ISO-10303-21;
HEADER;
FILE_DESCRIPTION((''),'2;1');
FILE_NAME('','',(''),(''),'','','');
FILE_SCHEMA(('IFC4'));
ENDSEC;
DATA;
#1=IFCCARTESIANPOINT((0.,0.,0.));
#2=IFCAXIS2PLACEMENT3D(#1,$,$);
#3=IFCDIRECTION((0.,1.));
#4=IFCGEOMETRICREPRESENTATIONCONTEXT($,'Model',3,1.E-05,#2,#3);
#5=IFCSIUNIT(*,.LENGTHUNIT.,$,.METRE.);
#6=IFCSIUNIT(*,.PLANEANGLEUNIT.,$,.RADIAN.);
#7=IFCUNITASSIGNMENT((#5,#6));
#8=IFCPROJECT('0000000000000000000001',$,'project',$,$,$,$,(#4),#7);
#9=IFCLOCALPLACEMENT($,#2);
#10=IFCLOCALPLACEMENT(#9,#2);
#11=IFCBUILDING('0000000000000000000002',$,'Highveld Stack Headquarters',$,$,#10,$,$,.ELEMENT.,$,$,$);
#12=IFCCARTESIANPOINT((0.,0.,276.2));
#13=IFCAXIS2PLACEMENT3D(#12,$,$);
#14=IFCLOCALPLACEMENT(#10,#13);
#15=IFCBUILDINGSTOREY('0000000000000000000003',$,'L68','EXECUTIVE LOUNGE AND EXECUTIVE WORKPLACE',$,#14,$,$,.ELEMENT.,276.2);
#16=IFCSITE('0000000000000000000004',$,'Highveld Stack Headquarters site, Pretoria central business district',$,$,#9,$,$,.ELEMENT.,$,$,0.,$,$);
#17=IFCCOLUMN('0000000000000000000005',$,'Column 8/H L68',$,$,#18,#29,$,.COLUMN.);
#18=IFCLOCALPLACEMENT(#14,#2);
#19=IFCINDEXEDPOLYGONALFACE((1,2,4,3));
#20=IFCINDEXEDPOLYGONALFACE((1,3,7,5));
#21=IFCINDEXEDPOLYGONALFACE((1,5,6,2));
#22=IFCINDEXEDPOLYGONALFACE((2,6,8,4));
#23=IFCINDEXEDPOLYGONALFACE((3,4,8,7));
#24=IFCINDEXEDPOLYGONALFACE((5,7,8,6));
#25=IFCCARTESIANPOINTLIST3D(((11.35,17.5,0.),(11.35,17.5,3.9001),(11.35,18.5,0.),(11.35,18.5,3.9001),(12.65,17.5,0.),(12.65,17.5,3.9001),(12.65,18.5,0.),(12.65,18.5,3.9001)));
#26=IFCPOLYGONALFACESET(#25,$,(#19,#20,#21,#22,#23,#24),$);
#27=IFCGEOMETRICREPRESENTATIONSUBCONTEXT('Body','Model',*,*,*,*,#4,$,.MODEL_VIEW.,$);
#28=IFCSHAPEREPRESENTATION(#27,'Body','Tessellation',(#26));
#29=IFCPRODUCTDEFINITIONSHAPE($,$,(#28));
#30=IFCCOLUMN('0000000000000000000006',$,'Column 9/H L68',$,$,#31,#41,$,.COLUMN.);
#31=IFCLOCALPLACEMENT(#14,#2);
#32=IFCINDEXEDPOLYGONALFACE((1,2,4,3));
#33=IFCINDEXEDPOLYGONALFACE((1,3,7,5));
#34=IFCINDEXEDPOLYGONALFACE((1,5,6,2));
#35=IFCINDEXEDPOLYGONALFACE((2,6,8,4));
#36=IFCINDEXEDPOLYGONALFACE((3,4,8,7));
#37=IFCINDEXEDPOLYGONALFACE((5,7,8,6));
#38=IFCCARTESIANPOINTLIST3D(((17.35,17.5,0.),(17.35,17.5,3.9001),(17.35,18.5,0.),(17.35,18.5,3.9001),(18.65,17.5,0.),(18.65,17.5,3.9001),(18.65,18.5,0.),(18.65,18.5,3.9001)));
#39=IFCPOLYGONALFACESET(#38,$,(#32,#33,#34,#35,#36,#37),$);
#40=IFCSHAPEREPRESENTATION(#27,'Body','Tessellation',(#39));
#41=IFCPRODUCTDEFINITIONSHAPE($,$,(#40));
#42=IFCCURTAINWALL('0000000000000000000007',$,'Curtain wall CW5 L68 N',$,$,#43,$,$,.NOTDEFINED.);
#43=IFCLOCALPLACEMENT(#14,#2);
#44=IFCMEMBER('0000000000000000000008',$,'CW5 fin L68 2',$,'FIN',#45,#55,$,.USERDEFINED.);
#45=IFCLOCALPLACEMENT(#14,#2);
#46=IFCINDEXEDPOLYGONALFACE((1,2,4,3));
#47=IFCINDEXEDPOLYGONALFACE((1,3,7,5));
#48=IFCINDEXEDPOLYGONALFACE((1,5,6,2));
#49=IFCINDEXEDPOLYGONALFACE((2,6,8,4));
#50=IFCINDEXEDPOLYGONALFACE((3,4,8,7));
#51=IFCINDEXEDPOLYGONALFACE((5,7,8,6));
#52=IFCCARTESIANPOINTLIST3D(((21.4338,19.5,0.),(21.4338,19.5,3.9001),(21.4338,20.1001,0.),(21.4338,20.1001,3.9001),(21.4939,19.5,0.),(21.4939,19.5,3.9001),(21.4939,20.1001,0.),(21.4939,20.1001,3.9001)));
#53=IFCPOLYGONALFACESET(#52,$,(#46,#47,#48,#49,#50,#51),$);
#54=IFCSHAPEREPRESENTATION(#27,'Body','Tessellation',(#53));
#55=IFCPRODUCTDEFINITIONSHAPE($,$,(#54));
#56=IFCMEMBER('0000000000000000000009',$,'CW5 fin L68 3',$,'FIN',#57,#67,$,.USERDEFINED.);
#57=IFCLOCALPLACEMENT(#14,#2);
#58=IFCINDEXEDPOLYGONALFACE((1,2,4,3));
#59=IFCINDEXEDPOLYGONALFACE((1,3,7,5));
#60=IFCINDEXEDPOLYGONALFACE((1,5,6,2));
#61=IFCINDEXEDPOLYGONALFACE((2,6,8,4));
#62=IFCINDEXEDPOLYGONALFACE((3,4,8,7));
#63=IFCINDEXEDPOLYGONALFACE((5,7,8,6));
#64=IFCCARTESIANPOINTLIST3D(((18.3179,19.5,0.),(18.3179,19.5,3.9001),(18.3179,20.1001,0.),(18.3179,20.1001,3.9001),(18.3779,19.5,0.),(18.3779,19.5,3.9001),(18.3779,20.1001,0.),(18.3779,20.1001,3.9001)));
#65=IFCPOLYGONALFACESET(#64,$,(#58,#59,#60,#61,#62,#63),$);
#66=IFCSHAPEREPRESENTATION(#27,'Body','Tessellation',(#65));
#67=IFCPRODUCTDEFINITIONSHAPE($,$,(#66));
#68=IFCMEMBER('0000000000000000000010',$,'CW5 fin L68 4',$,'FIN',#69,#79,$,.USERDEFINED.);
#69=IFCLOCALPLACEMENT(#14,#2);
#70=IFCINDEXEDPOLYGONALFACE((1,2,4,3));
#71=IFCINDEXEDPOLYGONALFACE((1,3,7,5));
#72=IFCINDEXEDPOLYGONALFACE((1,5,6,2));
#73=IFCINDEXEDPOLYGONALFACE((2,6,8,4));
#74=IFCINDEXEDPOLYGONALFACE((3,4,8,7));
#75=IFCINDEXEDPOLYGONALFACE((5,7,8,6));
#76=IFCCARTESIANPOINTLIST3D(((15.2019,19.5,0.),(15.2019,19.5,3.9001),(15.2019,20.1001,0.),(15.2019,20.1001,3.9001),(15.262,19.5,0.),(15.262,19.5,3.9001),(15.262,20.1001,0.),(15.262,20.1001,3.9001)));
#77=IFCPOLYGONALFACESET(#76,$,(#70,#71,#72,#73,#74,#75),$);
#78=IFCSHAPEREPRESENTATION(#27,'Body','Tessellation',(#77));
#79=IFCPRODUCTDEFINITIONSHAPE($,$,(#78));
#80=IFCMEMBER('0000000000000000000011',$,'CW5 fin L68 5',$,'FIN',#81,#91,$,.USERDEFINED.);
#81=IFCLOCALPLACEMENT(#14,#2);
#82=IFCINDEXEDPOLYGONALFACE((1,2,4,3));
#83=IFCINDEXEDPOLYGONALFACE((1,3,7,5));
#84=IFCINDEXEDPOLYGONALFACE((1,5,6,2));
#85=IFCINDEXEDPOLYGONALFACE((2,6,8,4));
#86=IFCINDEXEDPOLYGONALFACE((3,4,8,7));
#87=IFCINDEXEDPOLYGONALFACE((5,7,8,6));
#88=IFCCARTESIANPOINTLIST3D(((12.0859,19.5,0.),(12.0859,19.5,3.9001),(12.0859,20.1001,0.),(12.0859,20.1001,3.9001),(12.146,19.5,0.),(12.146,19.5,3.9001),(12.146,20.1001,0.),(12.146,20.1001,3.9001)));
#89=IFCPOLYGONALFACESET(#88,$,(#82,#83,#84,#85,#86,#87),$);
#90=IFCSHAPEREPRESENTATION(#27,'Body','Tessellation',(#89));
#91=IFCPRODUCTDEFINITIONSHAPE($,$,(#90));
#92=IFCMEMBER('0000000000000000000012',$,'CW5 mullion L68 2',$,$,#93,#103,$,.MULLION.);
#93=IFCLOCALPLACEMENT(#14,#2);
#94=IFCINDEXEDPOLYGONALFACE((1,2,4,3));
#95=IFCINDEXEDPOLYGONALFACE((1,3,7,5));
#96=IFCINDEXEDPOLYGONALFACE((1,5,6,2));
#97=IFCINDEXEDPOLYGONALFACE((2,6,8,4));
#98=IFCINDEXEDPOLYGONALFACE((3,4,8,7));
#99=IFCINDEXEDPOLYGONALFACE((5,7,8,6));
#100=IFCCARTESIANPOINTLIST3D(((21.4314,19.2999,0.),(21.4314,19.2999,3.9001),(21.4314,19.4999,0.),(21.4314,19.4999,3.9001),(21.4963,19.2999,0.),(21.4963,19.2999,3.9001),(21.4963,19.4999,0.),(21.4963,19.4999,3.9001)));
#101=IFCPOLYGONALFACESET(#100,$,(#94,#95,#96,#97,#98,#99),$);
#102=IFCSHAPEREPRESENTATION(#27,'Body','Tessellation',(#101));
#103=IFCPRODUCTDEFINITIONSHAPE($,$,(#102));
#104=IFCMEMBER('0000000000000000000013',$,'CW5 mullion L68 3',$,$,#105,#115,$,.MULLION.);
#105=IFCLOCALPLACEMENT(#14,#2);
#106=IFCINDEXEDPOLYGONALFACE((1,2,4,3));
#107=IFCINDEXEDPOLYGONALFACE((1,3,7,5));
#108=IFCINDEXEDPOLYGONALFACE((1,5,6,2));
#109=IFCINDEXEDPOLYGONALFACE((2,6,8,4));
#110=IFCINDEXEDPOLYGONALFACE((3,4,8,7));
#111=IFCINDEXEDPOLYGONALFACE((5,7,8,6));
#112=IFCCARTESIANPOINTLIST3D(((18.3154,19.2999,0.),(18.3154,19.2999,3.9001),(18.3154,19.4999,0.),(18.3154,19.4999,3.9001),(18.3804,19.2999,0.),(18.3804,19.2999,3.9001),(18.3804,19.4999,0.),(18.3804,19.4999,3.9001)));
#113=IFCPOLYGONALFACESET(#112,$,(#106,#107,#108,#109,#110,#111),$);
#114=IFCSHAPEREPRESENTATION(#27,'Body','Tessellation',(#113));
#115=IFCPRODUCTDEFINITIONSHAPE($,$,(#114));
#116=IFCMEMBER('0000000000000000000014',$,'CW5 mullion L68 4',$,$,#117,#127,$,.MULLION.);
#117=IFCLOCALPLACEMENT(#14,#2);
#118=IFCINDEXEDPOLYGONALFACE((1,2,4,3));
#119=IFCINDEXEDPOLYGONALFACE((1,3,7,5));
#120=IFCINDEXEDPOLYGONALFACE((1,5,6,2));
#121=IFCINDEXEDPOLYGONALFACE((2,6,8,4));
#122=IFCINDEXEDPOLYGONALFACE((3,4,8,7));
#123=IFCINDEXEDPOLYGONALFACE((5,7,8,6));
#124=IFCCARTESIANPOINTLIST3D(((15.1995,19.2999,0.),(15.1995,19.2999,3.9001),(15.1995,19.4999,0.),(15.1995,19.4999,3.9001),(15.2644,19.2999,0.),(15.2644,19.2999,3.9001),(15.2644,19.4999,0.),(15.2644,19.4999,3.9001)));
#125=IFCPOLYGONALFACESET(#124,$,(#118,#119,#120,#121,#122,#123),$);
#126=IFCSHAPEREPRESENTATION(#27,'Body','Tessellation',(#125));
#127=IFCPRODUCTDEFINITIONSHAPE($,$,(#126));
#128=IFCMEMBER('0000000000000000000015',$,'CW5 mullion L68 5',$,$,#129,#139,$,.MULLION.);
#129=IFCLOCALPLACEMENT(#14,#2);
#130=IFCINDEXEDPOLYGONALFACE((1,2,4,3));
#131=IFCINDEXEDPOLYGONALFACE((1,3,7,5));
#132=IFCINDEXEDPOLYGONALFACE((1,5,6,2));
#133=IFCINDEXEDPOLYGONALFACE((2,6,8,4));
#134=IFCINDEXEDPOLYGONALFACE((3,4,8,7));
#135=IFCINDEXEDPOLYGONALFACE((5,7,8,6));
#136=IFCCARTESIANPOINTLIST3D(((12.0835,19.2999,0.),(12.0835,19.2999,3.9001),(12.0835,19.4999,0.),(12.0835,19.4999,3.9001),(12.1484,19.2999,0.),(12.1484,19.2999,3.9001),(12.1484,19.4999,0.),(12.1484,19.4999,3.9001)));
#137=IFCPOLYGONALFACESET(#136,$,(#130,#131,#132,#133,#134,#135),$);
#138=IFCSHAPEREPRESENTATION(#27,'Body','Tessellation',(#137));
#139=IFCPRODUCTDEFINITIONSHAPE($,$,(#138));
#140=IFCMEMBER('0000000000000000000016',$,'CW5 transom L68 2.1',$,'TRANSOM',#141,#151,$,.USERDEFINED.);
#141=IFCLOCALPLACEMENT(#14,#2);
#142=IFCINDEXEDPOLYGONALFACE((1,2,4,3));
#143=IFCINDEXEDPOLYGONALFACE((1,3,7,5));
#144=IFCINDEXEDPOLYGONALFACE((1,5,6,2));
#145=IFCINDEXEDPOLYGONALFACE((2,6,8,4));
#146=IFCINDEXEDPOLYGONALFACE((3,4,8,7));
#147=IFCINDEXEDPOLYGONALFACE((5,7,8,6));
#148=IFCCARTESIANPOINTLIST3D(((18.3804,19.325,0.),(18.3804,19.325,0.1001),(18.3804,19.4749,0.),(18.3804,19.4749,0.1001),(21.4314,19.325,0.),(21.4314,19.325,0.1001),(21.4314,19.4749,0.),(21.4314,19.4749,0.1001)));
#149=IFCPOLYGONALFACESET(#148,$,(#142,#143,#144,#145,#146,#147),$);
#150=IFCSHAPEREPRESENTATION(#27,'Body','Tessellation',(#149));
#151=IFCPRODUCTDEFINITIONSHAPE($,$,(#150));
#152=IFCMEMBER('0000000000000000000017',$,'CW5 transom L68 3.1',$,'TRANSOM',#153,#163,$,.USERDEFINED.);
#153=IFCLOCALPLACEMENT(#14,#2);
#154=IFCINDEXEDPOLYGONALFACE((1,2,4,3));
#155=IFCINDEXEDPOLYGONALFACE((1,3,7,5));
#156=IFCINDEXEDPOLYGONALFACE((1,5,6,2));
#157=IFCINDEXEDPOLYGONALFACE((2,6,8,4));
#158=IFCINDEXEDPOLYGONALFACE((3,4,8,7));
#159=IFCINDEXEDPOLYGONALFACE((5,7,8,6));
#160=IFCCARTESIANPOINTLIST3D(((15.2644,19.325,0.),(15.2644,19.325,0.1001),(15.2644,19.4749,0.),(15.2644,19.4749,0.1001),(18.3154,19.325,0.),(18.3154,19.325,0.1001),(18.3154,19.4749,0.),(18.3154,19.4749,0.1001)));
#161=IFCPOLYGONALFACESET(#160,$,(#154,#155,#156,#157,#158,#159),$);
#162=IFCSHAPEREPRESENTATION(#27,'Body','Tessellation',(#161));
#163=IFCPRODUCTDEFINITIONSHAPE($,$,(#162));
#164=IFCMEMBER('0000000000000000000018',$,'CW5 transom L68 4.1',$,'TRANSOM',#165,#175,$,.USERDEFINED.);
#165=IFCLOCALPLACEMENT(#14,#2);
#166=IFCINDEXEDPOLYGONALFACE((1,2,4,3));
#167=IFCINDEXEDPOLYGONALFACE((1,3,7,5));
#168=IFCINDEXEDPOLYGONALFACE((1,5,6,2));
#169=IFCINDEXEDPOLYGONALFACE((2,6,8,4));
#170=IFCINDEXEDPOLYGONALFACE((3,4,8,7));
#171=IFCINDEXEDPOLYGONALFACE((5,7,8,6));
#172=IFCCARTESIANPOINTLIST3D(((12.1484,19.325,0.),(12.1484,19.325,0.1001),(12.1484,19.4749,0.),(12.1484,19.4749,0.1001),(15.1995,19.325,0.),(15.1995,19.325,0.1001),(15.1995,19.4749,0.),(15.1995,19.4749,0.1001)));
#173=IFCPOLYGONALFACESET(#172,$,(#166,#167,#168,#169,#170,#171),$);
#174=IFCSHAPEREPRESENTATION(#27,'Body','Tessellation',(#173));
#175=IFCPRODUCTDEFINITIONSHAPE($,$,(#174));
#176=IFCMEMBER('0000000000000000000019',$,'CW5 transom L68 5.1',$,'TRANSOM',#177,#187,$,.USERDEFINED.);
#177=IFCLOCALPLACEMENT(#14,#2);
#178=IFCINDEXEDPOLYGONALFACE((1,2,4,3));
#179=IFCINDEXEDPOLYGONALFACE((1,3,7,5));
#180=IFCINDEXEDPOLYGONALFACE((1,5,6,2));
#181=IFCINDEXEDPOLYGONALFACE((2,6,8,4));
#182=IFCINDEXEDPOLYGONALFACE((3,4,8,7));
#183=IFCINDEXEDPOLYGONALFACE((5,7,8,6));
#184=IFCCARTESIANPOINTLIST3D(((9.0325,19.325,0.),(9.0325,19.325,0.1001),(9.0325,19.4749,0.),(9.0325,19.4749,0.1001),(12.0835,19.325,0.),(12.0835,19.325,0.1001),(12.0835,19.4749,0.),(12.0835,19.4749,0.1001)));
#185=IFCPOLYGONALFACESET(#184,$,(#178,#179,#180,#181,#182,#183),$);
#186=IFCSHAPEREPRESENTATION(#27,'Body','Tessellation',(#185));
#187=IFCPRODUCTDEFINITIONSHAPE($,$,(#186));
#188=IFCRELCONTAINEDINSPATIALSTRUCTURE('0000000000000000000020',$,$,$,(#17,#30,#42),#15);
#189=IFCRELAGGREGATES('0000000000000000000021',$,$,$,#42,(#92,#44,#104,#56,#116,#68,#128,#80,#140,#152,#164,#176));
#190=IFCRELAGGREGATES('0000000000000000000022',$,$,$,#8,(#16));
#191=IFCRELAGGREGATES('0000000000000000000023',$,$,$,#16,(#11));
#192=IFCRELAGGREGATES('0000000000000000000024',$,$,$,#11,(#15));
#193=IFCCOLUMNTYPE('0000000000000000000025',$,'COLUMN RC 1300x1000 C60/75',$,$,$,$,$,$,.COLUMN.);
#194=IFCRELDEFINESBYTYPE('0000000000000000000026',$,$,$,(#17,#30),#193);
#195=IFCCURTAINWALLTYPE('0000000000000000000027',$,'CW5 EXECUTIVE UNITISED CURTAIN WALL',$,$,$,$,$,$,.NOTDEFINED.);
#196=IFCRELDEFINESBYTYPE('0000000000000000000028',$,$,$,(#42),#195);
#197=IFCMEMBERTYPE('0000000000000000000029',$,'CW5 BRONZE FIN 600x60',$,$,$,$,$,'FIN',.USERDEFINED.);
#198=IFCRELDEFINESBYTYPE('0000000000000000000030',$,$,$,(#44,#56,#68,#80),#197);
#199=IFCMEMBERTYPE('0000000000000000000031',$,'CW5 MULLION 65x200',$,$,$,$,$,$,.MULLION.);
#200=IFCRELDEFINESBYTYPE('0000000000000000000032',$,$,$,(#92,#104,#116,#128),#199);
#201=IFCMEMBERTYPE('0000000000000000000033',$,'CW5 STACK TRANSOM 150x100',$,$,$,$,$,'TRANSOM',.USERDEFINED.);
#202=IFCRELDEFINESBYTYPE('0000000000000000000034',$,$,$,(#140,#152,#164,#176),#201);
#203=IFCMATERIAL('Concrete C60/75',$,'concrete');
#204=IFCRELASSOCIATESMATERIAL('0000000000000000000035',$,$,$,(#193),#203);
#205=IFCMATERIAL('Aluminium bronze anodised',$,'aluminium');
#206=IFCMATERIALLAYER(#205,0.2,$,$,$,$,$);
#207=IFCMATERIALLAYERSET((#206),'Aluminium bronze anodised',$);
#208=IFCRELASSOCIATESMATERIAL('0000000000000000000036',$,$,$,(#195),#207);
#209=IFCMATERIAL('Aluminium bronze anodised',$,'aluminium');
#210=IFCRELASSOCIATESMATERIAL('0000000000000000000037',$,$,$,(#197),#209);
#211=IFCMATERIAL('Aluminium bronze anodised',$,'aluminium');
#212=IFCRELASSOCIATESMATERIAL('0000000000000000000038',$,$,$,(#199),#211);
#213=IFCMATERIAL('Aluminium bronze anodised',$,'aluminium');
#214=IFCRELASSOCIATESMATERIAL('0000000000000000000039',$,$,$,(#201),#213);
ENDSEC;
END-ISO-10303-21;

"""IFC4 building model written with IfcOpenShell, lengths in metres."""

from ifc_helpers import new_model, si_unit, direction, frame, origin, origin_2d, place, context, subcontext, project, spatial, rectangle, extrude, material, layer, layer_set, material_profile, profile_set, type_object, element, aggregate, save


model = new_model("IFC4")

# Units and contexts
model_context = context("Model", 3, precision=1e-05, world=origin(), true_north=direction((0.0, 1.0)))
body_context = subcontext(model_context, "Body", "Model", "MODEL_VIEW")
ifc_project = project(units=[si_unit("LENGTHUNIT", "METRE"), si_unit("PLANEANGLEUNIT", "RADIAN")], contexts=[model_context])

# Site, building, storey
site_placement = place(None, origin())
site = spatial("IfcSite", under=ifc_project, at=site_placement, Name="Highveld Stack Headquarters site, Pretoria central business district", CompositionType="ELEMENT", RefElevation=0.0)
building_placement = place(site_placement, origin())
building = spatial("IfcBuilding", under=site, at=building_placement, Name="Highveld Stack Headquarters", CompositionType="ELEMENT")
storey_placement = place(building_placement, frame((0.0, 0.0, 276.2)))
storey = spatial("IfcBuildingStorey", under=building, at=storey_placement, Name="L68", Description="EXECUTIVE LOUNGE AND EXECUTIVE WORKPLACE", CompositionType="ELEMENT", Elevation=276.2)

# Columns
ifc_material_1 = material(Name="Concrete C60/75", Category="concrete")
ifc_material_profile_1 = material_profile(ifc_material_1, rectangle(XDim=1.3, YDim=1.0, at=origin_2d()), Name="RC 1300x1000")
ifc_profile_set_1 = profile_set([ifc_material_profile_1], Name="Concrete C60/75")
column_type = type_object("IfcColumnType", Name="COLUMN RC 1300x1000 C60/75", PredefinedType="COLUMN", material=ifc_profile_set_1)
for number, where, z_axis, x_axis, name in (
    (1, (12.0, 18.0, 0.0), (0.0, 0.0, 1.0), (1.0, 0.0, 0.0), "Column 8/H L68"),
    (2, (18.0, 18.0, 0.0), (0.0, 0.0, 1.0), (1.0, 0.0, 0.0), "Column 9/H L68"),
):
    element("IfcColumn", number, at=place(storey_placement, frame(where, z_axis=z_axis, x_axis=x_axis)), inside=storey, type_object=column_type, Name=name, PredefinedType="COLUMN", context=body_context, shape_type="SweptSolid", body=[
        extrude(rectangle(XDim=1.3, YDim=1.0, at=origin_2d()), origin(), (0.0, 0.0, 1.0), 3.9001),
    ])

# Curtain wall, members
ifc_material_2 = material(Name="Aluminium bronze anodised", Category="aluminium")
ifc_layer_1 = layer(ifc_material_2, 0.2)
ifc_layer_set_1 = layer_set([ifc_layer_1], Name="Aluminium bronze anodised")
curtain_wall_type = type_object("IfcCurtainWallType", Name="CW5 EXECUTIVE UNITISED CURTAIN WALL", PredefinedType="NOTDEFINED", material=ifc_layer_set_1)
curtain_wall_placement = place(storey_placement, origin())
curtain_wall = element("IfcCurtainWall", 3, at=curtain_wall_placement, inside=storey, type_object=curtain_wall_type, Name="Curtain wall CW5 L68 N", PredefinedType="NOTDEFINED")
ifc_material_3 = material(Name="Aluminium bronze anodised", Category="aluminium")
ifc_material_profile_2 = material_profile(ifc_material_3, rectangle(XDim=0.6001, YDim=0.0601, at=origin_2d()), Name="FIN 600x60")
ifc_profile_set_2 = profile_set([ifc_material_profile_2], Name="Aluminium bronze anodised")
member_type_1 = type_object("IfcMemberType", Name="CW5 BRONZE FIN 600x60", ElementType="FIN", PredefinedType="USERDEFINED", material=ifc_profile_set_2)
member_1_placement = place(storey_placement, frame((21.4639, 19.8, 0.0), z_axis=(0.0, 0.0, 1.0), x_axis=(0.0, -1.0, 0.0)))
member_1 = element("IfcMember", 4, at=member_1_placement, type_object=member_type_1, Name="CW5 fin L68 2", ObjectType="FIN", PredefinedType="USERDEFINED", context=body_context, shape_type="SweptSolid", body=[
    extrude(rectangle(XDim=0.6001, YDim=0.0601, at=origin_2d()), origin(), (0.0, 0.0, 1.0), 3.9001),
])
member_2_placement = place(storey_placement, frame((18.3479, 19.8, 0.0), z_axis=(0.0, 0.0, 1.0), x_axis=(0.0, -1.0, 0.0)))
member_2 = element("IfcMember", 5, at=member_2_placement, type_object=member_type_1, Name="CW5 fin L68 3", ObjectType="FIN", PredefinedType="USERDEFINED", context=body_context, shape_type="SweptSolid", body=[
    extrude(rectangle(XDim=0.6001, YDim=0.0601, at=origin_2d()), origin(), (0.0, 0.0, 1.0), 3.9001),
])
member_3_placement = place(storey_placement, frame((15.2319, 19.8, 0.0), z_axis=(0.0, 0.0, 1.0), x_axis=(0.0, -1.0, 0.0)))
member_3 = element("IfcMember", 6, at=member_3_placement, type_object=member_type_1, Name="CW5 fin L68 4", ObjectType="FIN", PredefinedType="USERDEFINED", context=body_context, shape_type="SweptSolid", body=[
    extrude(rectangle(XDim=0.6001, YDim=0.0601, at=origin_2d()), origin(), (0.0, 0.0, 1.0), 3.9001),
])
member_4_placement = place(storey_placement, frame((12.116, 19.8, 0.0), z_axis=(0.0, 0.0, 1.0), x_axis=(0.0, -1.0, 0.0)))
member_4 = element("IfcMember", 7, at=member_4_placement, type_object=member_type_1, Name="CW5 fin L68 5", ObjectType="FIN", PredefinedType="USERDEFINED", context=body_context, shape_type="SweptSolid", body=[
    extrude(rectangle(XDim=0.6001, YDim=0.0601, at=origin_2d()), origin(), (0.0, 0.0, 1.0), 3.9001),
])
ifc_material_4 = material(Name="Aluminium bronze anodised", Category="aluminium")
ifc_material_profile_3 = material_profile(ifc_material_4, rectangle(XDim=0.2, YDim=0.0649, at=origin_2d()), Name="CW5 MULLION 65x200")
ifc_profile_set_3 = profile_set([ifc_material_profile_3], Name="Aluminium bronze anodised")
member_type_2 = type_object("IfcMemberType", Name="CW5 MULLION 65x200", PredefinedType="MULLION", material=ifc_profile_set_3)
member_5_placement = place(storey_placement, frame((21.4639, 19.3999, 0.0), z_axis=(0.0, 0.0, 1.0), x_axis=(0.0, -1.0, 0.0)))
member_5 = element("IfcMember", 8, at=member_5_placement, type_object=member_type_2, Name="CW5 mullion L68 2", PredefinedType="MULLION", context=body_context, shape_type="SweptSolid", body=[
    extrude(rectangle(XDim=0.2, YDim=0.0649, at=origin_2d()), origin(), (0.0, 0.0, 1.0), 3.9001),
])
member_6_placement = place(storey_placement, frame((18.3479, 19.3999, 0.0), z_axis=(0.0, 0.0, 1.0), x_axis=(0.0, -1.0, 0.0)))
member_6 = element("IfcMember", 9, at=member_6_placement, type_object=member_type_2, Name="CW5 mullion L68 3", PredefinedType="MULLION", context=body_context, shape_type="SweptSolid", body=[
    extrude(rectangle(XDim=0.2, YDim=0.0649, at=origin_2d()), origin(), (0.0, 0.0, 1.0), 3.9001),
])
member_7_placement = place(storey_placement, frame((15.2319, 19.3999, 0.0), z_axis=(0.0, 0.0, 1.0), x_axis=(0.0, -1.0, 0.0)))
member_7 = element("IfcMember", 10, at=member_7_placement, type_object=member_type_2, Name="CW5 mullion L68 4", PredefinedType="MULLION", context=body_context, shape_type="SweptSolid", body=[
    extrude(rectangle(XDim=0.2, YDim=0.0649, at=origin_2d()), origin(), (0.0, 0.0, 1.0), 3.9001),
])
member_8_placement = place(storey_placement, frame((12.116, 19.3999, 0.0), z_axis=(0.0, 0.0, 1.0), x_axis=(0.0, -1.0, 0.0)))
member_8 = element("IfcMember", 11, at=member_8_placement, type_object=member_type_2, Name="CW5 mullion L68 5", PredefinedType="MULLION", context=body_context, shape_type="SweptSolid", body=[
    extrude(rectangle(XDim=0.2, YDim=0.0649, at=origin_2d()), origin(), (0.0, 0.0, 1.0), 3.9001),
])
ifc_material_5 = material(Name="Aluminium bronze anodised", Category="aluminium")
ifc_material_profile_4 = material_profile(ifc_material_5, rectangle(XDim=0.1499, YDim=0.1001, at=origin_2d()), Name="CW5 TRANSOM 150x100")
ifc_profile_set_4 = profile_set([ifc_material_profile_4], Name="Aluminium bronze anodised")
member_type_3 = type_object("IfcMemberType", Name="CW5 STACK TRANSOM 150x100", ElementType="TRANSOM", PredefinedType="USERDEFINED", material=ifc_profile_set_4)
member_9_placement = place(storey_placement, frame((21.4314, 19.3999, 0.05), z_axis=(-1.0, 0.0, 0.0), x_axis=(0.0, -1.0, 0.0)))
member_9 = element("IfcMember", 12, at=member_9_placement, type_object=member_type_3, Name="CW5 transom L68 2.1", ObjectType="TRANSOM", PredefinedType="USERDEFINED", context=body_context, shape_type="SweptSolid", body=[
    extrude(rectangle(XDim=0.1499, YDim=0.1001, at=origin_2d()), origin(), (0.0, 0.0, 1.0), 3.051),
])
member_10_placement = place(storey_placement, frame((18.3154, 19.3999, 0.05), z_axis=(-1.0, 0.0, 0.0), x_axis=(0.0, -1.0, 0.0)))
member_10 = element("IfcMember", 13, at=member_10_placement, type_object=member_type_3, Name="CW5 transom L68 3.1", ObjectType="TRANSOM", PredefinedType="USERDEFINED", context=body_context, shape_type="SweptSolid", body=[
    extrude(rectangle(XDim=0.1499, YDim=0.1001, at=origin_2d()), origin(), (0.0, 0.0, 1.0), 3.051),
])
member_11_placement = place(storey_placement, frame((15.1995, 19.3999, 0.05), z_axis=(-1.0, 0.0, 0.0), x_axis=(0.0, -1.0, 0.0)))
member_11 = element("IfcMember", 14, at=member_11_placement, type_object=member_type_3, Name="CW5 transom L68 4.1", ObjectType="TRANSOM", PredefinedType="USERDEFINED", context=body_context, shape_type="SweptSolid", body=[
    extrude(rectangle(XDim=0.1499, YDim=0.1001, at=origin_2d()), origin(), (0.0, 0.0, 1.0), 3.051),
])
member_12_placement = place(storey_placement, frame((12.0835, 19.3999, 0.05), z_axis=(-1.0, 0.0, 0.0), x_axis=(0.0, -1.0, 0.0)))
member_12 = element("IfcMember", 15, at=member_12_placement, type_object=member_type_3, Name="CW5 transom L68 5.1", ObjectType="TRANSOM", PredefinedType="USERDEFINED", context=body_context, shape_type="SweptSolid", body=[
    extrude(rectangle(XDim=0.1499, YDim=0.1001, at=origin_2d()), origin(), (0.0, 0.0, 1.0), 3.051),
])
aggregate(curtain_wall, [member_5, member_1, member_6, member_2, member_7, member_3, member_8, member_4, member_9, member_10, member_11, member_12])

save(model, "model.ifc")
